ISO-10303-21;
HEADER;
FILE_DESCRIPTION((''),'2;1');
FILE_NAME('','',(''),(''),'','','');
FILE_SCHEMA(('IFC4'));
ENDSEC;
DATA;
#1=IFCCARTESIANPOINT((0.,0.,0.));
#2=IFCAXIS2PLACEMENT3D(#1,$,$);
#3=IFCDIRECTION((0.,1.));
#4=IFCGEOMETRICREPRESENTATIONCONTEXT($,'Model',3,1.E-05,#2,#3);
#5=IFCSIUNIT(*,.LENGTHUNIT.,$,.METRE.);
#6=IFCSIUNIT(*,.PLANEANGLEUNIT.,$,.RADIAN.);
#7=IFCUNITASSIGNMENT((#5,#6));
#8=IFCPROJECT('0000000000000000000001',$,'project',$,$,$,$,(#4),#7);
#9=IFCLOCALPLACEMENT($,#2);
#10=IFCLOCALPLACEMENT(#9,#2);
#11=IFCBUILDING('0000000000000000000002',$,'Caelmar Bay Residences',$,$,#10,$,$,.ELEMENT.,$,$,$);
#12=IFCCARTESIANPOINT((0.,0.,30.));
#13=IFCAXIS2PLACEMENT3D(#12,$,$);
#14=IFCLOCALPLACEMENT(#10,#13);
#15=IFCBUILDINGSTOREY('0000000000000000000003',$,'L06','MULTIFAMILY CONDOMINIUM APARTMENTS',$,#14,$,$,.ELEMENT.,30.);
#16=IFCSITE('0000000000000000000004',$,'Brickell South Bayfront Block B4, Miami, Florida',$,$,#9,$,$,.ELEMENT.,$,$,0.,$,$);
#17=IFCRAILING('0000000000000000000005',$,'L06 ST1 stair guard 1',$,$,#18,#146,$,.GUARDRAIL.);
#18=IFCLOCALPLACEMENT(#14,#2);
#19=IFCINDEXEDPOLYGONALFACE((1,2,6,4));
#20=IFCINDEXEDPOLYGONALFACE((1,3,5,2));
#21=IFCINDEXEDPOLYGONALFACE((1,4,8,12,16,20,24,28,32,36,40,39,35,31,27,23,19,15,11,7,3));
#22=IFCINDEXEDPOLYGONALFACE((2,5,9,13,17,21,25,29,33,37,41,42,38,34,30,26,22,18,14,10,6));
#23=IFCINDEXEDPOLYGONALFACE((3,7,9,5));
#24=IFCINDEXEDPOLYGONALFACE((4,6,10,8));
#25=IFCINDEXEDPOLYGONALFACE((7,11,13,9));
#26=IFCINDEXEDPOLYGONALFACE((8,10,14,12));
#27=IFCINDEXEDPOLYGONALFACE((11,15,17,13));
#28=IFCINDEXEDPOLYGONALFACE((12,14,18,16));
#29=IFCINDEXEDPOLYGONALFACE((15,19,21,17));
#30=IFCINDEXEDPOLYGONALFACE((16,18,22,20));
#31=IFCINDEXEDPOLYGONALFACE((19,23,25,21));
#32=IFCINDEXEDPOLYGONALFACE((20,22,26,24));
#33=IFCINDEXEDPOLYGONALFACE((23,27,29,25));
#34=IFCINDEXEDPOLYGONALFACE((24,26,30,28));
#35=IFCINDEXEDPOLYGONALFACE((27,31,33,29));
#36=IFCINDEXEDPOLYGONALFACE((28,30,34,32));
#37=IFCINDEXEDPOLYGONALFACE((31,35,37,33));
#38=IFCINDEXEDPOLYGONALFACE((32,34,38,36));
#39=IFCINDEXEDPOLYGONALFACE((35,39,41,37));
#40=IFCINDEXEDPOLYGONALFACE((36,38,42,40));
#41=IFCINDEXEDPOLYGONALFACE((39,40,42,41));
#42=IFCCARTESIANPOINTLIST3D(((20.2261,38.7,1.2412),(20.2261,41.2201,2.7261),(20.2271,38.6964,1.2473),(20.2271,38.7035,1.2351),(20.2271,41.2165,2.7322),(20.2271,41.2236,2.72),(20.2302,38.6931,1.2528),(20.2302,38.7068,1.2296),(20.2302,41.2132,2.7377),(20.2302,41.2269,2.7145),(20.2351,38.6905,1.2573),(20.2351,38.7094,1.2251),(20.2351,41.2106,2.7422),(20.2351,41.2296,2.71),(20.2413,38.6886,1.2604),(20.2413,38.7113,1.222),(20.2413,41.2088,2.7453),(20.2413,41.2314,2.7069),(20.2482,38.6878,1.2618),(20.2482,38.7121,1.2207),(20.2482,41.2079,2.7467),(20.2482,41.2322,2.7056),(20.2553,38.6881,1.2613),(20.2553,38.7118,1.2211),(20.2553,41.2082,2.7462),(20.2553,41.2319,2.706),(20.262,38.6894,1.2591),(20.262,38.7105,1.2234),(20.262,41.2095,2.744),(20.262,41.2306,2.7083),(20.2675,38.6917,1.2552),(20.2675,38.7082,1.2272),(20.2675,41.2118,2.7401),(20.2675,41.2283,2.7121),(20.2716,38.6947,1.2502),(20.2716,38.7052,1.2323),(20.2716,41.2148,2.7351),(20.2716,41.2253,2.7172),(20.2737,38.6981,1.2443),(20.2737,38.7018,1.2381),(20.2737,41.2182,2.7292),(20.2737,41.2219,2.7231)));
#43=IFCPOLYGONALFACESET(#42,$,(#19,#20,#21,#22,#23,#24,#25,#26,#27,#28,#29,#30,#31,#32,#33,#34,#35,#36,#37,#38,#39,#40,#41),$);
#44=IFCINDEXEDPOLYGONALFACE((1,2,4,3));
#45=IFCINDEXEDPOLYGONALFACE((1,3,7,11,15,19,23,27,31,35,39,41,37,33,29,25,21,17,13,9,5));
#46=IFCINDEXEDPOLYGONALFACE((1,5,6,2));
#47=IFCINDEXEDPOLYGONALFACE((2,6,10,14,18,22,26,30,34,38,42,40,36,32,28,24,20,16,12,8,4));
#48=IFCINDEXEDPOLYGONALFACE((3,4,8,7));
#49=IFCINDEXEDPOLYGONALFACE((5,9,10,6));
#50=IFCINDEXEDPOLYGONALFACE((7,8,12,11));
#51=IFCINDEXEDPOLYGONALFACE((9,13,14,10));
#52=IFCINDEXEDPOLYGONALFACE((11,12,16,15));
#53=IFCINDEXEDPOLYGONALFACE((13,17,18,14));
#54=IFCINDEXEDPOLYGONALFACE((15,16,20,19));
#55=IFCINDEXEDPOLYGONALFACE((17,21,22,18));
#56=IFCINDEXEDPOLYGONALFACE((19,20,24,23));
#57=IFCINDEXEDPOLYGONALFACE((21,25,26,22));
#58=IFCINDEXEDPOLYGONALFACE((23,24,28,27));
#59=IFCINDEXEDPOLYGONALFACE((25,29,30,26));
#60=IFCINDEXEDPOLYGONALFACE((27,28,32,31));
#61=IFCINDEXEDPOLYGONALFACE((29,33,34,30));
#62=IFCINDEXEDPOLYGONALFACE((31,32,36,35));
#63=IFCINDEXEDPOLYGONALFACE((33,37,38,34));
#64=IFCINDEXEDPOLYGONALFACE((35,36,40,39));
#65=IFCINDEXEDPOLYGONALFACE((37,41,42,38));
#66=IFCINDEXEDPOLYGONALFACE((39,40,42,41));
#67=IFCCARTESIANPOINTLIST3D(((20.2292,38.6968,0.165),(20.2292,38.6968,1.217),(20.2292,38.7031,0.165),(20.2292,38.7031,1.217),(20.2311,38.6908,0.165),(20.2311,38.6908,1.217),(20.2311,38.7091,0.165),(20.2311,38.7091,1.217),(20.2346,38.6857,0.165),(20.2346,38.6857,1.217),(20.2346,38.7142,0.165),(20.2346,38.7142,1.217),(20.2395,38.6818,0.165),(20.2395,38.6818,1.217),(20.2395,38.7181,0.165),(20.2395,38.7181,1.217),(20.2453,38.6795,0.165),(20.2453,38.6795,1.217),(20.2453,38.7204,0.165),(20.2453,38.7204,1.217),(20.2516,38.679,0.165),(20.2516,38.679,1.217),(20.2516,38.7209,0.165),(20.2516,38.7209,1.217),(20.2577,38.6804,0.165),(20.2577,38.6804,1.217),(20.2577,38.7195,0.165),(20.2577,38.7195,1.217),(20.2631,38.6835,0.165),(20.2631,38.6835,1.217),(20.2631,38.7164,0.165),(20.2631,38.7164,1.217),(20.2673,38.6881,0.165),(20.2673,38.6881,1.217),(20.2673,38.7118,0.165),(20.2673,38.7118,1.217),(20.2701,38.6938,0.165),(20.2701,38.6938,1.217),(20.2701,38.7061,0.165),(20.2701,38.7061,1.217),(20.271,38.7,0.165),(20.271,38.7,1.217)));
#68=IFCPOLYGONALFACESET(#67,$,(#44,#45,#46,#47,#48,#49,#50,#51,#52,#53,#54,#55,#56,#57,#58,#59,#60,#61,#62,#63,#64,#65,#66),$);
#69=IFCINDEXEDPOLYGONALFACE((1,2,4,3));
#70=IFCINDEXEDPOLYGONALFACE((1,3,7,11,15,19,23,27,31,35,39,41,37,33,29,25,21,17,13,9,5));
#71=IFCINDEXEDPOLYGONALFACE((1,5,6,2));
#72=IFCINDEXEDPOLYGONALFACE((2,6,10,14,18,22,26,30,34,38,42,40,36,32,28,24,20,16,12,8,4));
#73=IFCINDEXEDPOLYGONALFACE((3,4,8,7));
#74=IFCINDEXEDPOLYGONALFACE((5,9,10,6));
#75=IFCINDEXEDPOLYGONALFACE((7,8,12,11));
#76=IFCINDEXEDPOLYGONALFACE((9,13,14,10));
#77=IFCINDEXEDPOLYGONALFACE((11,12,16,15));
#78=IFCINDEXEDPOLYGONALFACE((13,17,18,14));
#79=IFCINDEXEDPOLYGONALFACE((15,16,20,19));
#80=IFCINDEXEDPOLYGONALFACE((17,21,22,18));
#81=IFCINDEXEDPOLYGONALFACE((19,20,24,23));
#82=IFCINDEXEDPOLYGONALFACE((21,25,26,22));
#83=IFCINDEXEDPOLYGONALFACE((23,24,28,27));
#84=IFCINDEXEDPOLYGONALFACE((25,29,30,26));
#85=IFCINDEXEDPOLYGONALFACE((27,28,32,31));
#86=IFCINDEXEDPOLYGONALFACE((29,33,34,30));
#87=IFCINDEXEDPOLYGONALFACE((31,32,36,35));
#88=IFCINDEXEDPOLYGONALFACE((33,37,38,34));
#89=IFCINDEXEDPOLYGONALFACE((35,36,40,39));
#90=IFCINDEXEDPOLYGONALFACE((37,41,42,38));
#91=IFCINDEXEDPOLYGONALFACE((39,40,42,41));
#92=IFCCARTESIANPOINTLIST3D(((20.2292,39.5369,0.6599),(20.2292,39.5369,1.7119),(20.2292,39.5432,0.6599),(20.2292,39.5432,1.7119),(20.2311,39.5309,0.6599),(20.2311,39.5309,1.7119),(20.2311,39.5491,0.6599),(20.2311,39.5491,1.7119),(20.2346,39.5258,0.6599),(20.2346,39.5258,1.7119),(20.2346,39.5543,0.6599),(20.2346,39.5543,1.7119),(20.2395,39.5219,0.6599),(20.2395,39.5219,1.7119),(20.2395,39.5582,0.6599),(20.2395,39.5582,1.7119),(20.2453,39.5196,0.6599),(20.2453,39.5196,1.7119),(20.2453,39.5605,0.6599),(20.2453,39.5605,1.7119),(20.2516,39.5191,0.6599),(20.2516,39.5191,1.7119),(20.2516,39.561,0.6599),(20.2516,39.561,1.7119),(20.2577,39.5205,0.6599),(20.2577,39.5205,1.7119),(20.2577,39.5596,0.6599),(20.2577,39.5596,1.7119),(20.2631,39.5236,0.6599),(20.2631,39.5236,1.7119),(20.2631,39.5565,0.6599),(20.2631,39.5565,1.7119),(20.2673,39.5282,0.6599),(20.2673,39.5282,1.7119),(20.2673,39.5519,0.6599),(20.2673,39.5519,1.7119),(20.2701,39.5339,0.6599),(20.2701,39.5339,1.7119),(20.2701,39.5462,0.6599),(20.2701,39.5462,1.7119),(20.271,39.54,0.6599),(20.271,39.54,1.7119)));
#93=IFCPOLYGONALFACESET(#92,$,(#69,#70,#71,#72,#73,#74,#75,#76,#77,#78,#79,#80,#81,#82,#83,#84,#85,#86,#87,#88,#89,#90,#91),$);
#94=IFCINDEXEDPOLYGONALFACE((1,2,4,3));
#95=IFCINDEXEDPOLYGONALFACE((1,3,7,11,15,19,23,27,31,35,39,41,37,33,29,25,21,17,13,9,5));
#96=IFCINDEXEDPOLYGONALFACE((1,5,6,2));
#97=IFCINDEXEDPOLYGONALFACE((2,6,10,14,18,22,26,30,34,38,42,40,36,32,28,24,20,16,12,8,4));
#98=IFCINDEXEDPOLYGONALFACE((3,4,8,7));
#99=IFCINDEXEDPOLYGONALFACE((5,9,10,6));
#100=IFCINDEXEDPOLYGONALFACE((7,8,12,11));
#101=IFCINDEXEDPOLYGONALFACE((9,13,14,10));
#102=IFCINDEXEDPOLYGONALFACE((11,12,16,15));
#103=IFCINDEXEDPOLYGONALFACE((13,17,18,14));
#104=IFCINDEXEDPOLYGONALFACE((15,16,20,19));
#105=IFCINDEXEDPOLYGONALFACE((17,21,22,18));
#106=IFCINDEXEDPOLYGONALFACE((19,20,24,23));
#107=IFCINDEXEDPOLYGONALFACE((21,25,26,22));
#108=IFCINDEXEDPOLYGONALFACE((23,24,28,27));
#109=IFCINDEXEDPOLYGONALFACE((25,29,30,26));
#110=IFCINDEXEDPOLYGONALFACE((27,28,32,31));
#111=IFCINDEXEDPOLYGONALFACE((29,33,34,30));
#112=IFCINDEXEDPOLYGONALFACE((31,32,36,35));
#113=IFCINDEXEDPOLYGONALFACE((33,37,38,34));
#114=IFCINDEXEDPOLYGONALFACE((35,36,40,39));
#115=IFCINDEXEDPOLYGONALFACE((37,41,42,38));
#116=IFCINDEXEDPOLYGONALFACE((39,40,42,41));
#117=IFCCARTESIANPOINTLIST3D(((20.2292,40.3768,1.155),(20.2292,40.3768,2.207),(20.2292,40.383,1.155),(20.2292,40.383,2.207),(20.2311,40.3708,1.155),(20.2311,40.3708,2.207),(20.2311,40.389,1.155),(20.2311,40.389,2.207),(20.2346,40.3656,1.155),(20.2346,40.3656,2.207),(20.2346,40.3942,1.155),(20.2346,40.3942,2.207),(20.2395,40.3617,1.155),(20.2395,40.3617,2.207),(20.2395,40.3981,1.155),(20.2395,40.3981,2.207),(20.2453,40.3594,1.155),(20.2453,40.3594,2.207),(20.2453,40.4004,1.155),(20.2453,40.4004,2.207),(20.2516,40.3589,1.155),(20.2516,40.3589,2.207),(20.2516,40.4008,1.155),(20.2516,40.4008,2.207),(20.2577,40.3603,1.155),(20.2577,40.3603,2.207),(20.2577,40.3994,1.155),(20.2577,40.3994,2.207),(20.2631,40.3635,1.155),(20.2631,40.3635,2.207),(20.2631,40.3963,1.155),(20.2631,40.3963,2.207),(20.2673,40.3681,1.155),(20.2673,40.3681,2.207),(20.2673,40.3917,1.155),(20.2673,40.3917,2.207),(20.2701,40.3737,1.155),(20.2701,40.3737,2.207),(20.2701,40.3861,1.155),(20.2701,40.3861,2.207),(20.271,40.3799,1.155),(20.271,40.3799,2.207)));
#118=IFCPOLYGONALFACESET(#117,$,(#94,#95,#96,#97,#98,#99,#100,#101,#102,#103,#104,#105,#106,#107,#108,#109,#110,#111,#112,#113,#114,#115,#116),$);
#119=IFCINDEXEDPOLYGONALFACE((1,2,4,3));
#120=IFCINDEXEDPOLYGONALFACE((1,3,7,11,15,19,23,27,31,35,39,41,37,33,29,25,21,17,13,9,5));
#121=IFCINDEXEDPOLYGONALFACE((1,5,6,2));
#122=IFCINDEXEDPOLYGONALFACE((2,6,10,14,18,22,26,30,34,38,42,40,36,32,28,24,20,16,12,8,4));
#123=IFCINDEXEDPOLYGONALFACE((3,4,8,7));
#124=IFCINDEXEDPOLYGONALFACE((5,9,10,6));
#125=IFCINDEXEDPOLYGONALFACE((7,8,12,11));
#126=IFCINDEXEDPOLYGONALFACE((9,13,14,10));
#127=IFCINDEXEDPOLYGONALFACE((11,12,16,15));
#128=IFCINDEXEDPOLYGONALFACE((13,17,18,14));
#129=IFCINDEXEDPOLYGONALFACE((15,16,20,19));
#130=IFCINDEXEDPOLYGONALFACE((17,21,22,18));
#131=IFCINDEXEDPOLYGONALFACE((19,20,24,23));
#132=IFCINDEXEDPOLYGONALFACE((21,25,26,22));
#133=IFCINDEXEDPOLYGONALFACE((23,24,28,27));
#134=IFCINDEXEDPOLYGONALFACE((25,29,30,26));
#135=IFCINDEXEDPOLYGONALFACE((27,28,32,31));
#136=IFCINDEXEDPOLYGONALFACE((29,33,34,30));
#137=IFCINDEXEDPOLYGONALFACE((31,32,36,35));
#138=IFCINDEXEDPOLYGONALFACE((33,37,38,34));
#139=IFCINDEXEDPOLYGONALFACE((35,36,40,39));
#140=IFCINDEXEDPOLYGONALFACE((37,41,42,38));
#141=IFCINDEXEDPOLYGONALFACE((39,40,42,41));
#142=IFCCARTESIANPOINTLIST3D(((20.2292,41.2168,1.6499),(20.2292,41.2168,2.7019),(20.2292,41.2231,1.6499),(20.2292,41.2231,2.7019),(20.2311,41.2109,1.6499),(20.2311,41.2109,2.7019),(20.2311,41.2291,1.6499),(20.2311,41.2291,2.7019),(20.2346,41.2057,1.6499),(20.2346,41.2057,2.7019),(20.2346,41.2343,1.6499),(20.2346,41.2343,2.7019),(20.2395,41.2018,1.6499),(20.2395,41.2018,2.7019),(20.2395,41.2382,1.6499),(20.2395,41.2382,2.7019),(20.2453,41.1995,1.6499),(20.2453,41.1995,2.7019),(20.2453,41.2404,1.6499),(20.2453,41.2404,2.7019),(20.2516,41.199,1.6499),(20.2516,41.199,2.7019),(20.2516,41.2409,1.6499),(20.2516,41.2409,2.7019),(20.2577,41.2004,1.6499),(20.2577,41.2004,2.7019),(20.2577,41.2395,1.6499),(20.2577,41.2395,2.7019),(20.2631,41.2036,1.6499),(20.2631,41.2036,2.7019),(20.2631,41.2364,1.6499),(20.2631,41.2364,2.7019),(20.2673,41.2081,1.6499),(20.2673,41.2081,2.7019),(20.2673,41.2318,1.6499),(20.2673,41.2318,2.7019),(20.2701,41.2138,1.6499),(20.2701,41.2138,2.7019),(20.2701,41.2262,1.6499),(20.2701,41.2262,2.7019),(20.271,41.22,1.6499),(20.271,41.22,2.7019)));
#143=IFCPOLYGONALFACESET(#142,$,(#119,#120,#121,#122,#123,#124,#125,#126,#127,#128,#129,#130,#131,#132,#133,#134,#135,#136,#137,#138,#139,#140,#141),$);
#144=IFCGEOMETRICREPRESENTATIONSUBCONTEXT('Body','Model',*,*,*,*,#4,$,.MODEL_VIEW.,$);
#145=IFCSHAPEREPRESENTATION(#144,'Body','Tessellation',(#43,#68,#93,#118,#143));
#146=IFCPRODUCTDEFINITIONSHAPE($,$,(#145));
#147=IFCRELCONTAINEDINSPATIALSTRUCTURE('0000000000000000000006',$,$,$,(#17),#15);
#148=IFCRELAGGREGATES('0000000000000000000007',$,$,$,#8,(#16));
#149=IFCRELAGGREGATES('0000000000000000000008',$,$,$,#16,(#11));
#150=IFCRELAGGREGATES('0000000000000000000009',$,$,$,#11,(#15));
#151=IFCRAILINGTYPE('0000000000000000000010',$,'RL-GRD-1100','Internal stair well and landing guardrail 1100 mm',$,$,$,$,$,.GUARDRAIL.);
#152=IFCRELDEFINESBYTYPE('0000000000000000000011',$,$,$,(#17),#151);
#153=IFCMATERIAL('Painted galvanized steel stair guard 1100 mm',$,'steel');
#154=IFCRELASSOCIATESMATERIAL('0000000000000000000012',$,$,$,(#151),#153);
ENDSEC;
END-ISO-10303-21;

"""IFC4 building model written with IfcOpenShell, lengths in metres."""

from ifc_helpers import new_model, si_unit, direction, frame, origin, origin_2d, place, context, subcontext, project, spatial, circle, extrude, material, type_object, element, save


model = new_model("IFC4")

# Units and contexts
model_context = context("Model", 3, precision=1e-05, world=origin(), true_north=direction((0.0, 1.0)))
body_context = subcontext(model_context, "Body", "Model", "MODEL_VIEW")
ifc_project = project(units=[si_unit("LENGTHUNIT", "METRE"), si_unit("PLANEANGLEUNIT", "RADIAN")], contexts=[model_context])

# Site, building, storey
site_placement = place(None, origin())
site = spatial("IfcSite", under=ifc_project, at=site_placement, Name="Brickell South Bayfront Block B4, Miami, Florida", CompositionType="ELEMENT", RefElevation=0.0)
building_placement = place(site_placement, origin())
building = spatial("IfcBuilding", under=site, at=building_placement, Name="Caelmar Bay Residences", CompositionType="ELEMENT")
storey_placement = place(building_placement, frame((0.0, 0.0, 30.0)))
storey = spatial("IfcBuildingStorey", under=building, at=storey_placement, Name="L06", Description="MULTIFAMILY CONDOMINIUM APARTMENTS", CompositionType="ELEMENT", Elevation=30.0)

# Railing
ifc_material_1 = material(Name="Painted galvanized steel stair guard 1100 mm", Category="steel")
railing_type_1 = type_object("IfcRailingType", Name="RL-GRD-1100", Description="Internal stair well and landing guardrail 1100 mm", PredefinedType="GUARDRAIL", material=ifc_material_1)
railing_1_placement = place(storey_placement, frame((20.25, 38.7, 0.165)))
element("IfcRailing", 1, at=railing_1_placement, inside=storey, type_object=railing_type_1, Name="L06 ST1 stair guard 1", PredefinedType="GUARDRAIL", context=body_context, shape_type="SweptSolid", body=[
    extrude(circle(Radius=0.0239, at=origin_2d()), frame((0.0, 0.0, 1.0762), z_axis=(0.0, 0.861561, 0.507655), x_axis=(-1.0, 0.0, 0.0)), (0.0, 0.0, 1.0), 2.925),
    extrude(circle(Radius=0.021, at=origin_2d()), origin(), (0.0, 0.0, 1.0), 1.052),
    extrude(circle(Radius=0.021, at=origin_2d()), frame((0.0, 0.8401, 0.4949)), (0.0, 0.0, 1.0), 1.052),
    extrude(circle(Radius=0.021, at=origin_2d()), frame((0.0, 1.6799, 0.99)), (0.0, 0.0, 1.0), 1.052),
    extrude(circle(Radius=0.021, at=origin_2d()), frame((0.0, 2.52, 1.4849)), (0.0, 0.0, 1.0), 1.052),
])

save(model, "model.ifc")
